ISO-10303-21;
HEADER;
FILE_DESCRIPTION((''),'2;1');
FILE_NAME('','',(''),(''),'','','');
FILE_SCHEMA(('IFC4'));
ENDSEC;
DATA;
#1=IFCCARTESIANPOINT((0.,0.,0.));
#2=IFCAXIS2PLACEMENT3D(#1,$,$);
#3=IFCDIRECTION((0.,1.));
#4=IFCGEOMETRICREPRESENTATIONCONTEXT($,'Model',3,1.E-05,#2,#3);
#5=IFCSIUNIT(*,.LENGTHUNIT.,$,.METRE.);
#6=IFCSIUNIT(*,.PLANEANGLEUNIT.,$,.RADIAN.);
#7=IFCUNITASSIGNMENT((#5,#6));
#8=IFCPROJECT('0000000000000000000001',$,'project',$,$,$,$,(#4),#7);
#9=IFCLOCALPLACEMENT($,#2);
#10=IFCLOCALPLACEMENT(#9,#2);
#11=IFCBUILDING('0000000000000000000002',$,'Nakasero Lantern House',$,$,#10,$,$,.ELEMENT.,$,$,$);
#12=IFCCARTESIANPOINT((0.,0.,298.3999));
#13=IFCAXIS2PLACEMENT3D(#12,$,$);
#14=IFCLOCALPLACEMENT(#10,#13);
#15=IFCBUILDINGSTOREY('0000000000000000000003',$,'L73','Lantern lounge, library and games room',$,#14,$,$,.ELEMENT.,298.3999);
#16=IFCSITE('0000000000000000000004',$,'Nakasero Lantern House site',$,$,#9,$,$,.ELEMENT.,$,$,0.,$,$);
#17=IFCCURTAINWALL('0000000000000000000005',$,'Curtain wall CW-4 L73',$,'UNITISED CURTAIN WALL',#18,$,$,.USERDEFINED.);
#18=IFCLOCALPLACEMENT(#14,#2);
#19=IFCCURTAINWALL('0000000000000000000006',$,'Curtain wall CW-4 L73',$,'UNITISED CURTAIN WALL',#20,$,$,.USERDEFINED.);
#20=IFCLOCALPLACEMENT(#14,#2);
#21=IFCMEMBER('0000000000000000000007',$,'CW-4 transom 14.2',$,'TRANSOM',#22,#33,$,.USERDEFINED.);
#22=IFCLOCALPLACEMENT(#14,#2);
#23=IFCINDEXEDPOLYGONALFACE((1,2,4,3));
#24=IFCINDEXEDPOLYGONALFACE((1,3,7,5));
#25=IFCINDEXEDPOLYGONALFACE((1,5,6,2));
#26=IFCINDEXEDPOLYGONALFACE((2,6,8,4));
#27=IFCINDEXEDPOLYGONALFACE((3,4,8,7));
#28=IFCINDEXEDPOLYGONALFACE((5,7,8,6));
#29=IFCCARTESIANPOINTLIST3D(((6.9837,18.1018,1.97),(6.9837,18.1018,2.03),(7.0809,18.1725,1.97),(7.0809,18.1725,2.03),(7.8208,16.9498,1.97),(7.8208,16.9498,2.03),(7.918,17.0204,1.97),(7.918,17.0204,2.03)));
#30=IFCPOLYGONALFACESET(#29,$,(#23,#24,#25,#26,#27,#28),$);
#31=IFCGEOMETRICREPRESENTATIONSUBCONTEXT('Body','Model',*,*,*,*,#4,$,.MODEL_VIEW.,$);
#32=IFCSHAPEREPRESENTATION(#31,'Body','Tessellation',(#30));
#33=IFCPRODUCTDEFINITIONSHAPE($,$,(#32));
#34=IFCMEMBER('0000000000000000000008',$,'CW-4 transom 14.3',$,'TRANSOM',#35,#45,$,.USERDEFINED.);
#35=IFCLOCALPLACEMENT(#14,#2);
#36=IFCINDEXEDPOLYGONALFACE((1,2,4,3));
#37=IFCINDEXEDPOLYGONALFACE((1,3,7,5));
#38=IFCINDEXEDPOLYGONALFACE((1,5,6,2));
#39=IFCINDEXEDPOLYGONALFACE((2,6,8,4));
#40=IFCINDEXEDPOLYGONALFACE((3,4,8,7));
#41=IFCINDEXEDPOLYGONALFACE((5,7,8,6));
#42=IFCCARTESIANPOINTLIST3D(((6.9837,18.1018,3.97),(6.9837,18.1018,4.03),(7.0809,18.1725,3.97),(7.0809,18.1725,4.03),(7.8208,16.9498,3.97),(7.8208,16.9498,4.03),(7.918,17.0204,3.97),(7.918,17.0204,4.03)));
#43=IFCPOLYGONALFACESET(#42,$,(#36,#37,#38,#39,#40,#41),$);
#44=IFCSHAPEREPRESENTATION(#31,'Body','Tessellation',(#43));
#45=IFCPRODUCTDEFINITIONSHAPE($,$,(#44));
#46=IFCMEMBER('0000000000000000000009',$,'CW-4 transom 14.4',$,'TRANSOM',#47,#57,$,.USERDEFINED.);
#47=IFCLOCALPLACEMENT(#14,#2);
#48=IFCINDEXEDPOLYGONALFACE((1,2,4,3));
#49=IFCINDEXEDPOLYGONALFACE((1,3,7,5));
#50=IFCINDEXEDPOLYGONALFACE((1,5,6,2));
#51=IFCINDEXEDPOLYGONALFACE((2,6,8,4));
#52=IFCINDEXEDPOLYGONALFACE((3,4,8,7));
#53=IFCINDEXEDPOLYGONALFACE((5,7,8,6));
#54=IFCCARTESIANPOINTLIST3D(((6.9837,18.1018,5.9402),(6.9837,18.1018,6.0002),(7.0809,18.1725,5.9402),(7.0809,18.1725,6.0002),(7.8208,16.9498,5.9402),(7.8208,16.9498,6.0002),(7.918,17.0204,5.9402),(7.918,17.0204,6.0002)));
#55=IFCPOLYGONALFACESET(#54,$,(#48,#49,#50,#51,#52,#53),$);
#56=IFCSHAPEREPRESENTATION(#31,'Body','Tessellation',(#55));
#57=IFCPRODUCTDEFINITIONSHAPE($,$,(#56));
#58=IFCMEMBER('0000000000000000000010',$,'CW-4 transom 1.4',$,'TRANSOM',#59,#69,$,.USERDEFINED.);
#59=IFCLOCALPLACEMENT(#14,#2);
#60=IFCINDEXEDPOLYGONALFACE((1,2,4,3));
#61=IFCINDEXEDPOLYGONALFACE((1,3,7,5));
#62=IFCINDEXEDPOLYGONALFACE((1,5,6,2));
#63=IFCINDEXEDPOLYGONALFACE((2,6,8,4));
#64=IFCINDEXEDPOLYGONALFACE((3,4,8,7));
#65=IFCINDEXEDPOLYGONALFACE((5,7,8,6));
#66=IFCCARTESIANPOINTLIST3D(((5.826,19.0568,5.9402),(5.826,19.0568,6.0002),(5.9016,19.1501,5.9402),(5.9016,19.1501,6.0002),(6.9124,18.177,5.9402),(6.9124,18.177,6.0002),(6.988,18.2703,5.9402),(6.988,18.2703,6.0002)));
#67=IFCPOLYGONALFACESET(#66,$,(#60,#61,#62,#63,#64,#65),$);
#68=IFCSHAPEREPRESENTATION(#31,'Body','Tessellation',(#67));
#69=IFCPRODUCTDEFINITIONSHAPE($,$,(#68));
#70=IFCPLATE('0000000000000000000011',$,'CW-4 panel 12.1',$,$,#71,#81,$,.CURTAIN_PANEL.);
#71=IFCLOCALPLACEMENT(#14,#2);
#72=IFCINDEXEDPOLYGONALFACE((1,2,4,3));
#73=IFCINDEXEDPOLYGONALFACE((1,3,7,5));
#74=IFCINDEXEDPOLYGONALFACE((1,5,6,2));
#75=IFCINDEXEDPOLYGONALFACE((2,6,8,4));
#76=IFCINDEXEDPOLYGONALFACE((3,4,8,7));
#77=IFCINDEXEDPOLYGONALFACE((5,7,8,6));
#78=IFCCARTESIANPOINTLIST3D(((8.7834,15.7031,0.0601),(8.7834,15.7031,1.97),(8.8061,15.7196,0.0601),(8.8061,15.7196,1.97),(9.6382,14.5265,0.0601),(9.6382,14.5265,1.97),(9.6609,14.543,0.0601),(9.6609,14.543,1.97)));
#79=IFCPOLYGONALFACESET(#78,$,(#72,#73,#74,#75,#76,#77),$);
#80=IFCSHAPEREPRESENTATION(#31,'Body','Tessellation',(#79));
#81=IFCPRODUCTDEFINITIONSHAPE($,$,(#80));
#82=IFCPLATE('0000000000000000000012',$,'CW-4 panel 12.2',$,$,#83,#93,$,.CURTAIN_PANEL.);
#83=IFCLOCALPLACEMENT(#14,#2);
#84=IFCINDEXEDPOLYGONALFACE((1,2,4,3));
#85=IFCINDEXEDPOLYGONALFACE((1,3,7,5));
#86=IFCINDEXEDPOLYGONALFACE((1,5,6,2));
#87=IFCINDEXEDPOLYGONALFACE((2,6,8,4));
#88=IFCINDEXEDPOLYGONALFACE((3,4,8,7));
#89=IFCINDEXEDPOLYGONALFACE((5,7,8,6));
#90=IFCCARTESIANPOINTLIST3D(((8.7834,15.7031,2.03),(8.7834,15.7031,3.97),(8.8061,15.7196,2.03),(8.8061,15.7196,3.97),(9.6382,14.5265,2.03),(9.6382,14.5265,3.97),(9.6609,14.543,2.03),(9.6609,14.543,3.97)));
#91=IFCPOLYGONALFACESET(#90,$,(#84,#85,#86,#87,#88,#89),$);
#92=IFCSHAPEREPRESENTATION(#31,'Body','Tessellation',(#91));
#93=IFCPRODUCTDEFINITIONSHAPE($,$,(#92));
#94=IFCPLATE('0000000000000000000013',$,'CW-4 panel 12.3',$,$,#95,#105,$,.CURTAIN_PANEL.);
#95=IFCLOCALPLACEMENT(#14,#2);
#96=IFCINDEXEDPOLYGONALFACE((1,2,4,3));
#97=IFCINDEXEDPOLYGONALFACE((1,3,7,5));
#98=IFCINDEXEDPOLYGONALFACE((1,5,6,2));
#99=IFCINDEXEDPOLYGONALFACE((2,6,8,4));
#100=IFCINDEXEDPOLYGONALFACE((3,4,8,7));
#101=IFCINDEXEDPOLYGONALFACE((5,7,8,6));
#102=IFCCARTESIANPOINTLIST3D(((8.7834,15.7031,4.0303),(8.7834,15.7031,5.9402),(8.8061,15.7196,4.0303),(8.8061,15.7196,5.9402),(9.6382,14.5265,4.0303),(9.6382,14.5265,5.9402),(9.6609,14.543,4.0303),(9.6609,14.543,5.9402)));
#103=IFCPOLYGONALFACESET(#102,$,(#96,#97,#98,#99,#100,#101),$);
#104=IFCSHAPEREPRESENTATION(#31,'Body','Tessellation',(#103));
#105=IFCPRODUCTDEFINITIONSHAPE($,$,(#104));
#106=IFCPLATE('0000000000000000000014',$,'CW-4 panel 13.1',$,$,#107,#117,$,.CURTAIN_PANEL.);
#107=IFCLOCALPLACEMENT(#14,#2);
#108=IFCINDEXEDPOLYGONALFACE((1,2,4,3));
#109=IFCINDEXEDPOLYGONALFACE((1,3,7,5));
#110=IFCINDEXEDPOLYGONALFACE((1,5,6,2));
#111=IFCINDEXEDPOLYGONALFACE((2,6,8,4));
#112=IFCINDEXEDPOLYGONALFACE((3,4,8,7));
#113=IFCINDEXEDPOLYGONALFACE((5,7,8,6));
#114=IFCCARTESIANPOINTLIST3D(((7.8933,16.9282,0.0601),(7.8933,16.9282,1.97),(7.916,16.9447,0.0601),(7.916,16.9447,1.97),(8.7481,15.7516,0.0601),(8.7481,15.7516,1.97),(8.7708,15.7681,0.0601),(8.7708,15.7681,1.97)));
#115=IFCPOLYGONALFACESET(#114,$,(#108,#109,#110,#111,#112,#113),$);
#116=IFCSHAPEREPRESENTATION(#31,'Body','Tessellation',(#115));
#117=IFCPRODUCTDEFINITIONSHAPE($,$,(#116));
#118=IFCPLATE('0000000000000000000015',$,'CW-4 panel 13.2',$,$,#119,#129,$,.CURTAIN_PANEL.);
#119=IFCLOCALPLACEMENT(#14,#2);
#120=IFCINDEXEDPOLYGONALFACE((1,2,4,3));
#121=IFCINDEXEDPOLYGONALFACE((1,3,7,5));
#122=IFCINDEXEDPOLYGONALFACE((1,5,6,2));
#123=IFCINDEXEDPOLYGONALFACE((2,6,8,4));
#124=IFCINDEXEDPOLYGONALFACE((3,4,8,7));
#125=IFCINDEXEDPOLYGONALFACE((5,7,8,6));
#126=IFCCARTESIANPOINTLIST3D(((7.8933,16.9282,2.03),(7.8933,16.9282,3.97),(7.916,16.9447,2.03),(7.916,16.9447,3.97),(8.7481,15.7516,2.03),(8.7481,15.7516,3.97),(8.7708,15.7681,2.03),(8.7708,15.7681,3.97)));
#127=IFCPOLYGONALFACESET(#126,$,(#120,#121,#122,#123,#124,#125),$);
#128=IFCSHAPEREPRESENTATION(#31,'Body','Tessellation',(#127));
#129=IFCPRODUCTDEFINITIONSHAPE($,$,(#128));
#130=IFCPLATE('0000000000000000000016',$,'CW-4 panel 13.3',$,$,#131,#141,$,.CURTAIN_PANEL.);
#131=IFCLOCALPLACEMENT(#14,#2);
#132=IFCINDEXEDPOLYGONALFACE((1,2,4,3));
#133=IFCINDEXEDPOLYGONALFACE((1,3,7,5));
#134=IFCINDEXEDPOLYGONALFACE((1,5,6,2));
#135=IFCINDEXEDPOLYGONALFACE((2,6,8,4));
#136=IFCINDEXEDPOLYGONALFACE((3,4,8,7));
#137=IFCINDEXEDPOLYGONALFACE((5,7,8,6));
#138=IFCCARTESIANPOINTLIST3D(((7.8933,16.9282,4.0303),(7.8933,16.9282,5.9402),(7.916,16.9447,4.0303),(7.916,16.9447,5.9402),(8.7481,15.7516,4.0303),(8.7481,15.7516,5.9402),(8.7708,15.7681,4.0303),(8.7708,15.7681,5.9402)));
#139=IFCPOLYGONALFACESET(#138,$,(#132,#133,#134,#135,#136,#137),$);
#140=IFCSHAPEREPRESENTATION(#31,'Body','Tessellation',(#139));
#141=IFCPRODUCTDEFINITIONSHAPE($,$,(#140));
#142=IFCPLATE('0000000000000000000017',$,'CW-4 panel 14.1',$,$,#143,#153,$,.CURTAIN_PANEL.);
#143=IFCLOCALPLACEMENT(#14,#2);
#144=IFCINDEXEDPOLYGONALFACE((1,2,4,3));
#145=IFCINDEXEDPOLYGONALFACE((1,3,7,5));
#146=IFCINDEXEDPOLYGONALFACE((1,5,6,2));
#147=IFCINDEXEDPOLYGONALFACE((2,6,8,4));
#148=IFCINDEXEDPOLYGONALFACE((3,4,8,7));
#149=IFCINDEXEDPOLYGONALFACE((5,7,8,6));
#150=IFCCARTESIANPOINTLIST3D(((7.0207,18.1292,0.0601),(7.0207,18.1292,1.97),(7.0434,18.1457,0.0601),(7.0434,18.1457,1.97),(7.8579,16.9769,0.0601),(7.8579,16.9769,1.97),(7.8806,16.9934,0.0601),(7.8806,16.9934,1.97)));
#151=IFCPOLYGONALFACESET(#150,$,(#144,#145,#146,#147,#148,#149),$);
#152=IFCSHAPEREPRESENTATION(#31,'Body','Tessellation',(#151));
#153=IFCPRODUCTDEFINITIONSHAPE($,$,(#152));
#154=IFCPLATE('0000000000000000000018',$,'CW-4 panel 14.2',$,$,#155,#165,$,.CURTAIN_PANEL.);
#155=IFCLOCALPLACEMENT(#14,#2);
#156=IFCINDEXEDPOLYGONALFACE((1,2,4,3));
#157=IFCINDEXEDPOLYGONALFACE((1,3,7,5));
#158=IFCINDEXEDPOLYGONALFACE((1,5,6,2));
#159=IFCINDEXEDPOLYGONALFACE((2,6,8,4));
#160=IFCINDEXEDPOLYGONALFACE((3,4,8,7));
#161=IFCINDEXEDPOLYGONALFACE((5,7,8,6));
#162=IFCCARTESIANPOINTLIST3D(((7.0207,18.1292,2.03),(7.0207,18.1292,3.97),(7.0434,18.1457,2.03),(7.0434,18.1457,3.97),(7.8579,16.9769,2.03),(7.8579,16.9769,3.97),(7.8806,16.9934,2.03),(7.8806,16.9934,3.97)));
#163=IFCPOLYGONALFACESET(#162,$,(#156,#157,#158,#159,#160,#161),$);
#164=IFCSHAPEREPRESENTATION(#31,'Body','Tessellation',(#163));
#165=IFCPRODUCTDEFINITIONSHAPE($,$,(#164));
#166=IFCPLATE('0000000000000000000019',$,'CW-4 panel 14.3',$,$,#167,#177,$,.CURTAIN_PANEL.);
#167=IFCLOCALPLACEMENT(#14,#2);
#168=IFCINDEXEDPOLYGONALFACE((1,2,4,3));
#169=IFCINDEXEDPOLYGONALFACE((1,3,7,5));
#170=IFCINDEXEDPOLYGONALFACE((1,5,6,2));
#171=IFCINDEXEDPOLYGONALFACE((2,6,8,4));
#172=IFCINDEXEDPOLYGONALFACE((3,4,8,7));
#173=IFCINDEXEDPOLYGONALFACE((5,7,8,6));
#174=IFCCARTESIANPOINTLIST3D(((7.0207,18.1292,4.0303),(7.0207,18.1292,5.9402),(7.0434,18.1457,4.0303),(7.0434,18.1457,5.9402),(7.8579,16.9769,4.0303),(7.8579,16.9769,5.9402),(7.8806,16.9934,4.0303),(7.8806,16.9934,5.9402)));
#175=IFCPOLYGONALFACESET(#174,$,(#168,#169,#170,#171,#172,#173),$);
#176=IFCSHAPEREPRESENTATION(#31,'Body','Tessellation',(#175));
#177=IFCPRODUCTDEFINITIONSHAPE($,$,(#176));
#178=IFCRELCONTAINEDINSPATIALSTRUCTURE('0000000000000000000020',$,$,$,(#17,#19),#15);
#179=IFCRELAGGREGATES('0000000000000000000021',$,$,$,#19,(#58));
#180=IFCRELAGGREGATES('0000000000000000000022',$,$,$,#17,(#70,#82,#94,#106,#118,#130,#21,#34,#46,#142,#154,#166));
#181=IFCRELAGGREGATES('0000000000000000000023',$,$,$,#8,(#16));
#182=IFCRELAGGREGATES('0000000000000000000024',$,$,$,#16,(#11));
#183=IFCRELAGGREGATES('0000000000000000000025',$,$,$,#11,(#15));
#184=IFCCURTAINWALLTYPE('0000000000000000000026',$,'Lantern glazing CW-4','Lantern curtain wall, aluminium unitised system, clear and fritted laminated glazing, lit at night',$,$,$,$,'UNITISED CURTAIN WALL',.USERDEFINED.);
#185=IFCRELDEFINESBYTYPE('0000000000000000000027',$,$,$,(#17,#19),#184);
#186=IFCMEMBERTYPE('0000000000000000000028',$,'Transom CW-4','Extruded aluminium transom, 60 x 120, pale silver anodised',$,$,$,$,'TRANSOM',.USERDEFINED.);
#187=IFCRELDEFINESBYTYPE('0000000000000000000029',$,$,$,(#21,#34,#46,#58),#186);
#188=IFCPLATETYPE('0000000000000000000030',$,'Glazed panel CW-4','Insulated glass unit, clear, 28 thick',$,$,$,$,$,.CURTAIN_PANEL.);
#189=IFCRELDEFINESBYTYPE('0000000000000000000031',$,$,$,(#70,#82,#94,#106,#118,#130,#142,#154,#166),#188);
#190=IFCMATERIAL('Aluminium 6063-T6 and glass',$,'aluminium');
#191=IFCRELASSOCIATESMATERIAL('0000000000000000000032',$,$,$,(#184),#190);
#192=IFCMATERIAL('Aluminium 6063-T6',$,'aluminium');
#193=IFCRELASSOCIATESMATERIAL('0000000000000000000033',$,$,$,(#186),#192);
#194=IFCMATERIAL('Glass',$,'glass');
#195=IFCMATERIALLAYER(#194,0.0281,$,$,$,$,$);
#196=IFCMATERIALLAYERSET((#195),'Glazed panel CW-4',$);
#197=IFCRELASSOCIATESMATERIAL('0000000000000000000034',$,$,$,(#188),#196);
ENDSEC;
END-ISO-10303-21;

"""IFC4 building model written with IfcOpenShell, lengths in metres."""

from ifc_helpers import new_model, si_unit, direction, frame, origin, origin_2d, place, context, subcontext, project, spatial, rectangle, extrude, material, layer, layer_set, material_profile, profile_set, type_object, element, aggregate, save


model = new_model("IFC4")

# Units and contexts
model_context = context("Model", 3, precision=1e-05, world=origin(), true_north=direction((0.0, 1.0)))
body_context = subcontext(model_context, "Body", "Model", "MODEL_VIEW")
ifc_project = project(units=[si_unit("LENGTHUNIT", "METRE"), si_unit("PLANEANGLEUNIT", "RADIAN")], contexts=[model_context])

# Site, building, storey
site_placement = place(None, origin())
site = spatial("IfcSite", under=ifc_project, at=site_placement, Name="Nakasero Lantern House site", CompositionType="ELEMENT", RefElevation=0.0)
building_placement = place(site_placement, origin())
building = spatial("IfcBuilding", under=site, at=building_placement, Name="Nakasero Lantern House", CompositionType="ELEMENT")
storey_placement = place(building_placement, frame((0.0, 0.0, 298.3999)))
storey = spatial("IfcBuildingStorey", under=building, at=storey_placement, Name="L73", Description="Lantern lounge, library and games room", CompositionType="ELEMENT", Elevation=298.3999)

# Curtain wall
ifc_material_1 = material(Name="Aluminium 6063-T6 and glass", Category="aluminium")
curtain_wall_type = type_object("IfcCurtainWallType", Name="Lantern glazing CW-4", Description="Lantern curtain wall, aluminium unitised system, clear and fritted laminated glazing, lit at night", ElementType="UNITISED CURTAIN WALL", PredefinedType="USERDEFINED", material=ifc_material_1)
curtain_wall_1_placement = place(storey_placement, origin())
curtain_wall_1 = element("IfcCurtainWall", 1, at=curtain_wall_1_placement, inside=storey, type_object=curtain_wall_type, Name="Curtain wall CW-4 L73", ObjectType="UNITISED CURTAIN WALL", PredefinedType="USERDEFINED")

# Curtain wall
curtain_wall_2_placement = place(storey_placement, origin())
curtain_wall_2 = element("IfcCurtainWall", 2, at=curtain_wall_2_placement, inside=storey, type_object=curtain_wall_type, Name="Curtain wall CW-4 L73", ObjectType="UNITISED CURTAIN WALL", PredefinedType="USERDEFINED")

# Members
ifc_material_2 = material(Name="Aluminium 6063-T6", Category="aluminium")
ifc_material_profile_1 = material_profile(ifc_material_2, rectangle(XDim=0.0601, YDim=0.1201, at=origin_2d()), Name="CW-4 transom 60x120")
ifc_profile_set_1 = profile_set([ifc_material_profile_1], Name="Aluminium 6063-T6")
member_type_1 = type_object("IfcMemberType", Name="Transom CW-4", Description="Extruded aluminium transom, 60 x 120, pale silver anodised", ElementType="TRANSOM", PredefinedType="USERDEFINED", material=ifc_profile_set_1)
member_1_placement = place(storey_placement, frame((7.8694, 16.9851, 2.0), z_axis=(-0.587835, 0.808981, 0.0), x_axis=(0.0, 0.0, 1.0)))
member_1 = element("IfcMember", 3, at=member_1_placement, type_object=member_type_1, Name="CW-4 transom 14.2", ObjectType="TRANSOM", PredefinedType="USERDEFINED", context=body_context, shape_type="SweptSolid", body=[
    extrude(rectangle(XDim=0.0601, YDim=0.1201, at=origin_2d()), origin(), (0.0, 0.0, 1.0), 1.4241),
])
member_2_placement = place(storey_placement, frame((7.8694, 16.9851, 4.0), z_axis=(-0.587835, 0.808981, 0.0), x_axis=(0.0, 0.0, 1.0)))
member_2 = element("IfcMember", 4, at=member_2_placement, type_object=member_type_1, Name="CW-4 transom 14.3", ObjectType="TRANSOM", PredefinedType="USERDEFINED", context=body_context, shape_type="SweptSolid", body=[
    extrude(rectangle(XDim=0.0601, YDim=0.1201, at=origin_2d()), origin(), (0.0, 0.0, 1.0), 1.4241),
])
member_3_placement = place(storey_placement, frame((7.8694, 16.9851, 5.9702), z_axis=(-0.587835, 0.808981, 0.0), x_axis=(0.0, 0.0, 1.0)))
member_3 = element("IfcMember", 5, at=member_3_placement, type_object=member_type_1, Name="CW-4 transom 14.4", ObjectType="TRANSOM", PredefinedType="USERDEFINED", context=body_context, shape_type="SweptSolid", body=[
    extrude(rectangle(XDim=0.0601, YDim=0.1201, at=origin_2d()), origin(), (0.0, 0.0, 1.0), 1.4241),
])
member_4_placement = place(storey_placement, frame((6.9502, 18.2236, 5.9702), z_axis=(-0.777107, 0.629369, 0.0), x_axis=(0.0, 0.0, 1.0)))
member_4 = element("IfcMember", 6, at=member_4_placement, type_object=member_type_1, Name="CW-4 transom 1.4", ObjectType="TRANSOM", PredefinedType="USERDEFINED", context=body_context, shape_type="SweptSolid", body=[
    extrude(rectangle(XDim=0.0601, YDim=0.1201, at=origin_2d()), origin(), (0.0, 0.0, 1.0), 1.3979),
])
aggregate(curtain_wall_2, [member_4])

# Plates
ifc_material_3 = material(Name="Glass", Category="glass")
ifc_layer = layer(ifc_material_3, 0.0281)
ifc_layer_set = layer_set([ifc_layer], Name="Glazed panel CW-4")
plate_type = type_object("IfcPlateType", Name="Glazed panel CW-4", Description="Insulated glass unit, clear, 28 thick", PredefinedType="CURTAIN_PANEL", material=ifc_layer_set)
plate_1_placement = place(storey_placement, frame((9.2222, 15.123, 0.0601), z_axis=(0.0, 0.0, 1.0), x_axis=(-0.587785, 0.809017, 0.0)))
plate_1 = element("IfcPlate", 7, at=plate_1_placement, type_object=plate_type, Name="CW-4 panel 12.1", PredefinedType="CURTAIN_PANEL", context=body_context, shape_type="SweptSolid", body=[
    extrude(rectangle(XDim=1.4543, YDim=0.0281, at=origin_2d()), origin(), (0.0, 0.0, 1.0), 1.9099),
])
plate_2_placement = place(storey_placement, frame((9.2222, 15.123, 2.03), z_axis=(0.0, 0.0, 1.0), x_axis=(-0.587785, 0.809017, 0.0)))
plate_2 = element("IfcPlate", 8, at=plate_2_placement, type_object=plate_type, Name="CW-4 panel 12.2", PredefinedType="CURTAIN_PANEL", context=body_context, shape_type="SweptSolid", body=[
    extrude(rectangle(XDim=1.4543, YDim=0.0281, at=origin_2d()), origin(), (0.0, 0.0, 1.0), 1.9399),
])
plate_3_placement = place(storey_placement, frame((9.2222, 15.123, 4.0303), z_axis=(0.0, 0.0, 1.0), x_axis=(-0.587785, 0.809017, 0.0)))
plate_3 = element("IfcPlate", 9, at=plate_3_placement, type_object=plate_type, Name="CW-4 panel 12.3", PredefinedType="CURTAIN_PANEL", context=body_context, shape_type="SweptSolid", body=[
    extrude(rectangle(XDim=1.4543, YDim=0.0281, at=origin_2d()), origin(), (0.0, 0.0, 1.0), 1.9099),
])
plate_4_placement = place(storey_placement, frame((8.332, 16.3481, 0.0601), z_axis=(0.0, 0.0, 1.0), x_axis=(-0.587785, 0.809017, 0.0)))
plate_4 = element("IfcPlate", 10, at=plate_4_placement, type_object=plate_type, Name="CW-4 panel 13.1", PredefinedType="CURTAIN_PANEL", context=body_context, shape_type="SweptSolid", body=[
    extrude(rectangle(XDim=1.4543, YDim=0.0281, at=origin_2d()), origin(), (0.0, 0.0, 1.0), 1.9099),
])
plate_5_placement = place(storey_placement, frame((8.332, 16.3481, 2.03), z_axis=(0.0, 0.0, 1.0), x_axis=(-0.587785, 0.809017, 0.0)))
plate_5 = element("IfcPlate", 11, at=plate_5_placement, type_object=plate_type, Name="CW-4 panel 13.2", PredefinedType="CURTAIN_PANEL", context=body_context, shape_type="SweptSolid", body=[
    extrude(rectangle(XDim=1.4543, YDim=0.0281, at=origin_2d()), origin(), (0.0, 0.0, 1.0), 1.9399),
])
plate_6_placement = place(storey_placement, frame((8.332, 16.3481, 4.0303), z_axis=(0.0, 0.0, 1.0), x_axis=(-0.587785, 0.809017, 0.0)))
plate_6 = element("IfcPlate", 12, at=plate_6_placement, type_object=plate_type, Name="CW-4 panel 13.3", PredefinedType="CURTAIN_PANEL", context=body_context, shape_type="SweptSolid", body=[
    extrude(rectangle(XDim=1.4543, YDim=0.0281, at=origin_2d()), origin(), (0.0, 0.0, 1.0), 1.9099),
])
plate_7_placement = place(storey_placement, frame((7.4507, 17.5613, 0.0601), z_axis=(0.0, 0.0, 1.0), x_axis=(-0.587785, 0.809017, 0.0)))
plate_7 = element("IfcPlate", 13, at=plate_7_placement, type_object=plate_type, Name="CW-4 panel 14.1", PredefinedType="CURTAIN_PANEL", context=body_context, shape_type="SweptSolid", body=[
    extrude(rectangle(XDim=1.4243, YDim=0.0281, at=origin_2d()), origin(), (0.0, 0.0, 1.0), 1.9099),
])
plate_8_placement = place(storey_placement, frame((7.4507, 17.5613, 2.03), z_axis=(0.0, 0.0, 1.0), x_axis=(-0.587785, 0.809017, 0.0)))
plate_8 = element("IfcPlate", 14, at=plate_8_placement, type_object=plate_type, Name="CW-4 panel 14.2", PredefinedType="CURTAIN_PANEL", context=body_context, shape_type="SweptSolid", body=[
    extrude(rectangle(XDim=1.4243, YDim=0.0281, at=origin_2d()), origin(), (0.0, 0.0, 1.0), 1.9399),
])
plate_9_placement = place(storey_placement, frame((7.4507, 17.5613, 4.0303), z_axis=(0.0, 0.0, 1.0), x_axis=(-0.587785, 0.809017, 0.0)))
plate_9 = element("IfcPlate", 15, at=plate_9_placement, type_object=plate_type, Name="CW-4 panel 14.3", PredefinedType="CURTAIN_PANEL", context=body_context, shape_type="SweptSolid", body=[
    extrude(rectangle(XDim=1.4243, YDim=0.0281, at=origin_2d()), origin(), (0.0, 0.0, 1.0), 1.9099),
])
aggregate(curtain_wall_1, [plate_1, plate_2, plate_3, plate_4, plate_5, plate_6, member_1, member_2, member_3, plate_7, plate_8, plate_9])

save(model, "model.ifc")
